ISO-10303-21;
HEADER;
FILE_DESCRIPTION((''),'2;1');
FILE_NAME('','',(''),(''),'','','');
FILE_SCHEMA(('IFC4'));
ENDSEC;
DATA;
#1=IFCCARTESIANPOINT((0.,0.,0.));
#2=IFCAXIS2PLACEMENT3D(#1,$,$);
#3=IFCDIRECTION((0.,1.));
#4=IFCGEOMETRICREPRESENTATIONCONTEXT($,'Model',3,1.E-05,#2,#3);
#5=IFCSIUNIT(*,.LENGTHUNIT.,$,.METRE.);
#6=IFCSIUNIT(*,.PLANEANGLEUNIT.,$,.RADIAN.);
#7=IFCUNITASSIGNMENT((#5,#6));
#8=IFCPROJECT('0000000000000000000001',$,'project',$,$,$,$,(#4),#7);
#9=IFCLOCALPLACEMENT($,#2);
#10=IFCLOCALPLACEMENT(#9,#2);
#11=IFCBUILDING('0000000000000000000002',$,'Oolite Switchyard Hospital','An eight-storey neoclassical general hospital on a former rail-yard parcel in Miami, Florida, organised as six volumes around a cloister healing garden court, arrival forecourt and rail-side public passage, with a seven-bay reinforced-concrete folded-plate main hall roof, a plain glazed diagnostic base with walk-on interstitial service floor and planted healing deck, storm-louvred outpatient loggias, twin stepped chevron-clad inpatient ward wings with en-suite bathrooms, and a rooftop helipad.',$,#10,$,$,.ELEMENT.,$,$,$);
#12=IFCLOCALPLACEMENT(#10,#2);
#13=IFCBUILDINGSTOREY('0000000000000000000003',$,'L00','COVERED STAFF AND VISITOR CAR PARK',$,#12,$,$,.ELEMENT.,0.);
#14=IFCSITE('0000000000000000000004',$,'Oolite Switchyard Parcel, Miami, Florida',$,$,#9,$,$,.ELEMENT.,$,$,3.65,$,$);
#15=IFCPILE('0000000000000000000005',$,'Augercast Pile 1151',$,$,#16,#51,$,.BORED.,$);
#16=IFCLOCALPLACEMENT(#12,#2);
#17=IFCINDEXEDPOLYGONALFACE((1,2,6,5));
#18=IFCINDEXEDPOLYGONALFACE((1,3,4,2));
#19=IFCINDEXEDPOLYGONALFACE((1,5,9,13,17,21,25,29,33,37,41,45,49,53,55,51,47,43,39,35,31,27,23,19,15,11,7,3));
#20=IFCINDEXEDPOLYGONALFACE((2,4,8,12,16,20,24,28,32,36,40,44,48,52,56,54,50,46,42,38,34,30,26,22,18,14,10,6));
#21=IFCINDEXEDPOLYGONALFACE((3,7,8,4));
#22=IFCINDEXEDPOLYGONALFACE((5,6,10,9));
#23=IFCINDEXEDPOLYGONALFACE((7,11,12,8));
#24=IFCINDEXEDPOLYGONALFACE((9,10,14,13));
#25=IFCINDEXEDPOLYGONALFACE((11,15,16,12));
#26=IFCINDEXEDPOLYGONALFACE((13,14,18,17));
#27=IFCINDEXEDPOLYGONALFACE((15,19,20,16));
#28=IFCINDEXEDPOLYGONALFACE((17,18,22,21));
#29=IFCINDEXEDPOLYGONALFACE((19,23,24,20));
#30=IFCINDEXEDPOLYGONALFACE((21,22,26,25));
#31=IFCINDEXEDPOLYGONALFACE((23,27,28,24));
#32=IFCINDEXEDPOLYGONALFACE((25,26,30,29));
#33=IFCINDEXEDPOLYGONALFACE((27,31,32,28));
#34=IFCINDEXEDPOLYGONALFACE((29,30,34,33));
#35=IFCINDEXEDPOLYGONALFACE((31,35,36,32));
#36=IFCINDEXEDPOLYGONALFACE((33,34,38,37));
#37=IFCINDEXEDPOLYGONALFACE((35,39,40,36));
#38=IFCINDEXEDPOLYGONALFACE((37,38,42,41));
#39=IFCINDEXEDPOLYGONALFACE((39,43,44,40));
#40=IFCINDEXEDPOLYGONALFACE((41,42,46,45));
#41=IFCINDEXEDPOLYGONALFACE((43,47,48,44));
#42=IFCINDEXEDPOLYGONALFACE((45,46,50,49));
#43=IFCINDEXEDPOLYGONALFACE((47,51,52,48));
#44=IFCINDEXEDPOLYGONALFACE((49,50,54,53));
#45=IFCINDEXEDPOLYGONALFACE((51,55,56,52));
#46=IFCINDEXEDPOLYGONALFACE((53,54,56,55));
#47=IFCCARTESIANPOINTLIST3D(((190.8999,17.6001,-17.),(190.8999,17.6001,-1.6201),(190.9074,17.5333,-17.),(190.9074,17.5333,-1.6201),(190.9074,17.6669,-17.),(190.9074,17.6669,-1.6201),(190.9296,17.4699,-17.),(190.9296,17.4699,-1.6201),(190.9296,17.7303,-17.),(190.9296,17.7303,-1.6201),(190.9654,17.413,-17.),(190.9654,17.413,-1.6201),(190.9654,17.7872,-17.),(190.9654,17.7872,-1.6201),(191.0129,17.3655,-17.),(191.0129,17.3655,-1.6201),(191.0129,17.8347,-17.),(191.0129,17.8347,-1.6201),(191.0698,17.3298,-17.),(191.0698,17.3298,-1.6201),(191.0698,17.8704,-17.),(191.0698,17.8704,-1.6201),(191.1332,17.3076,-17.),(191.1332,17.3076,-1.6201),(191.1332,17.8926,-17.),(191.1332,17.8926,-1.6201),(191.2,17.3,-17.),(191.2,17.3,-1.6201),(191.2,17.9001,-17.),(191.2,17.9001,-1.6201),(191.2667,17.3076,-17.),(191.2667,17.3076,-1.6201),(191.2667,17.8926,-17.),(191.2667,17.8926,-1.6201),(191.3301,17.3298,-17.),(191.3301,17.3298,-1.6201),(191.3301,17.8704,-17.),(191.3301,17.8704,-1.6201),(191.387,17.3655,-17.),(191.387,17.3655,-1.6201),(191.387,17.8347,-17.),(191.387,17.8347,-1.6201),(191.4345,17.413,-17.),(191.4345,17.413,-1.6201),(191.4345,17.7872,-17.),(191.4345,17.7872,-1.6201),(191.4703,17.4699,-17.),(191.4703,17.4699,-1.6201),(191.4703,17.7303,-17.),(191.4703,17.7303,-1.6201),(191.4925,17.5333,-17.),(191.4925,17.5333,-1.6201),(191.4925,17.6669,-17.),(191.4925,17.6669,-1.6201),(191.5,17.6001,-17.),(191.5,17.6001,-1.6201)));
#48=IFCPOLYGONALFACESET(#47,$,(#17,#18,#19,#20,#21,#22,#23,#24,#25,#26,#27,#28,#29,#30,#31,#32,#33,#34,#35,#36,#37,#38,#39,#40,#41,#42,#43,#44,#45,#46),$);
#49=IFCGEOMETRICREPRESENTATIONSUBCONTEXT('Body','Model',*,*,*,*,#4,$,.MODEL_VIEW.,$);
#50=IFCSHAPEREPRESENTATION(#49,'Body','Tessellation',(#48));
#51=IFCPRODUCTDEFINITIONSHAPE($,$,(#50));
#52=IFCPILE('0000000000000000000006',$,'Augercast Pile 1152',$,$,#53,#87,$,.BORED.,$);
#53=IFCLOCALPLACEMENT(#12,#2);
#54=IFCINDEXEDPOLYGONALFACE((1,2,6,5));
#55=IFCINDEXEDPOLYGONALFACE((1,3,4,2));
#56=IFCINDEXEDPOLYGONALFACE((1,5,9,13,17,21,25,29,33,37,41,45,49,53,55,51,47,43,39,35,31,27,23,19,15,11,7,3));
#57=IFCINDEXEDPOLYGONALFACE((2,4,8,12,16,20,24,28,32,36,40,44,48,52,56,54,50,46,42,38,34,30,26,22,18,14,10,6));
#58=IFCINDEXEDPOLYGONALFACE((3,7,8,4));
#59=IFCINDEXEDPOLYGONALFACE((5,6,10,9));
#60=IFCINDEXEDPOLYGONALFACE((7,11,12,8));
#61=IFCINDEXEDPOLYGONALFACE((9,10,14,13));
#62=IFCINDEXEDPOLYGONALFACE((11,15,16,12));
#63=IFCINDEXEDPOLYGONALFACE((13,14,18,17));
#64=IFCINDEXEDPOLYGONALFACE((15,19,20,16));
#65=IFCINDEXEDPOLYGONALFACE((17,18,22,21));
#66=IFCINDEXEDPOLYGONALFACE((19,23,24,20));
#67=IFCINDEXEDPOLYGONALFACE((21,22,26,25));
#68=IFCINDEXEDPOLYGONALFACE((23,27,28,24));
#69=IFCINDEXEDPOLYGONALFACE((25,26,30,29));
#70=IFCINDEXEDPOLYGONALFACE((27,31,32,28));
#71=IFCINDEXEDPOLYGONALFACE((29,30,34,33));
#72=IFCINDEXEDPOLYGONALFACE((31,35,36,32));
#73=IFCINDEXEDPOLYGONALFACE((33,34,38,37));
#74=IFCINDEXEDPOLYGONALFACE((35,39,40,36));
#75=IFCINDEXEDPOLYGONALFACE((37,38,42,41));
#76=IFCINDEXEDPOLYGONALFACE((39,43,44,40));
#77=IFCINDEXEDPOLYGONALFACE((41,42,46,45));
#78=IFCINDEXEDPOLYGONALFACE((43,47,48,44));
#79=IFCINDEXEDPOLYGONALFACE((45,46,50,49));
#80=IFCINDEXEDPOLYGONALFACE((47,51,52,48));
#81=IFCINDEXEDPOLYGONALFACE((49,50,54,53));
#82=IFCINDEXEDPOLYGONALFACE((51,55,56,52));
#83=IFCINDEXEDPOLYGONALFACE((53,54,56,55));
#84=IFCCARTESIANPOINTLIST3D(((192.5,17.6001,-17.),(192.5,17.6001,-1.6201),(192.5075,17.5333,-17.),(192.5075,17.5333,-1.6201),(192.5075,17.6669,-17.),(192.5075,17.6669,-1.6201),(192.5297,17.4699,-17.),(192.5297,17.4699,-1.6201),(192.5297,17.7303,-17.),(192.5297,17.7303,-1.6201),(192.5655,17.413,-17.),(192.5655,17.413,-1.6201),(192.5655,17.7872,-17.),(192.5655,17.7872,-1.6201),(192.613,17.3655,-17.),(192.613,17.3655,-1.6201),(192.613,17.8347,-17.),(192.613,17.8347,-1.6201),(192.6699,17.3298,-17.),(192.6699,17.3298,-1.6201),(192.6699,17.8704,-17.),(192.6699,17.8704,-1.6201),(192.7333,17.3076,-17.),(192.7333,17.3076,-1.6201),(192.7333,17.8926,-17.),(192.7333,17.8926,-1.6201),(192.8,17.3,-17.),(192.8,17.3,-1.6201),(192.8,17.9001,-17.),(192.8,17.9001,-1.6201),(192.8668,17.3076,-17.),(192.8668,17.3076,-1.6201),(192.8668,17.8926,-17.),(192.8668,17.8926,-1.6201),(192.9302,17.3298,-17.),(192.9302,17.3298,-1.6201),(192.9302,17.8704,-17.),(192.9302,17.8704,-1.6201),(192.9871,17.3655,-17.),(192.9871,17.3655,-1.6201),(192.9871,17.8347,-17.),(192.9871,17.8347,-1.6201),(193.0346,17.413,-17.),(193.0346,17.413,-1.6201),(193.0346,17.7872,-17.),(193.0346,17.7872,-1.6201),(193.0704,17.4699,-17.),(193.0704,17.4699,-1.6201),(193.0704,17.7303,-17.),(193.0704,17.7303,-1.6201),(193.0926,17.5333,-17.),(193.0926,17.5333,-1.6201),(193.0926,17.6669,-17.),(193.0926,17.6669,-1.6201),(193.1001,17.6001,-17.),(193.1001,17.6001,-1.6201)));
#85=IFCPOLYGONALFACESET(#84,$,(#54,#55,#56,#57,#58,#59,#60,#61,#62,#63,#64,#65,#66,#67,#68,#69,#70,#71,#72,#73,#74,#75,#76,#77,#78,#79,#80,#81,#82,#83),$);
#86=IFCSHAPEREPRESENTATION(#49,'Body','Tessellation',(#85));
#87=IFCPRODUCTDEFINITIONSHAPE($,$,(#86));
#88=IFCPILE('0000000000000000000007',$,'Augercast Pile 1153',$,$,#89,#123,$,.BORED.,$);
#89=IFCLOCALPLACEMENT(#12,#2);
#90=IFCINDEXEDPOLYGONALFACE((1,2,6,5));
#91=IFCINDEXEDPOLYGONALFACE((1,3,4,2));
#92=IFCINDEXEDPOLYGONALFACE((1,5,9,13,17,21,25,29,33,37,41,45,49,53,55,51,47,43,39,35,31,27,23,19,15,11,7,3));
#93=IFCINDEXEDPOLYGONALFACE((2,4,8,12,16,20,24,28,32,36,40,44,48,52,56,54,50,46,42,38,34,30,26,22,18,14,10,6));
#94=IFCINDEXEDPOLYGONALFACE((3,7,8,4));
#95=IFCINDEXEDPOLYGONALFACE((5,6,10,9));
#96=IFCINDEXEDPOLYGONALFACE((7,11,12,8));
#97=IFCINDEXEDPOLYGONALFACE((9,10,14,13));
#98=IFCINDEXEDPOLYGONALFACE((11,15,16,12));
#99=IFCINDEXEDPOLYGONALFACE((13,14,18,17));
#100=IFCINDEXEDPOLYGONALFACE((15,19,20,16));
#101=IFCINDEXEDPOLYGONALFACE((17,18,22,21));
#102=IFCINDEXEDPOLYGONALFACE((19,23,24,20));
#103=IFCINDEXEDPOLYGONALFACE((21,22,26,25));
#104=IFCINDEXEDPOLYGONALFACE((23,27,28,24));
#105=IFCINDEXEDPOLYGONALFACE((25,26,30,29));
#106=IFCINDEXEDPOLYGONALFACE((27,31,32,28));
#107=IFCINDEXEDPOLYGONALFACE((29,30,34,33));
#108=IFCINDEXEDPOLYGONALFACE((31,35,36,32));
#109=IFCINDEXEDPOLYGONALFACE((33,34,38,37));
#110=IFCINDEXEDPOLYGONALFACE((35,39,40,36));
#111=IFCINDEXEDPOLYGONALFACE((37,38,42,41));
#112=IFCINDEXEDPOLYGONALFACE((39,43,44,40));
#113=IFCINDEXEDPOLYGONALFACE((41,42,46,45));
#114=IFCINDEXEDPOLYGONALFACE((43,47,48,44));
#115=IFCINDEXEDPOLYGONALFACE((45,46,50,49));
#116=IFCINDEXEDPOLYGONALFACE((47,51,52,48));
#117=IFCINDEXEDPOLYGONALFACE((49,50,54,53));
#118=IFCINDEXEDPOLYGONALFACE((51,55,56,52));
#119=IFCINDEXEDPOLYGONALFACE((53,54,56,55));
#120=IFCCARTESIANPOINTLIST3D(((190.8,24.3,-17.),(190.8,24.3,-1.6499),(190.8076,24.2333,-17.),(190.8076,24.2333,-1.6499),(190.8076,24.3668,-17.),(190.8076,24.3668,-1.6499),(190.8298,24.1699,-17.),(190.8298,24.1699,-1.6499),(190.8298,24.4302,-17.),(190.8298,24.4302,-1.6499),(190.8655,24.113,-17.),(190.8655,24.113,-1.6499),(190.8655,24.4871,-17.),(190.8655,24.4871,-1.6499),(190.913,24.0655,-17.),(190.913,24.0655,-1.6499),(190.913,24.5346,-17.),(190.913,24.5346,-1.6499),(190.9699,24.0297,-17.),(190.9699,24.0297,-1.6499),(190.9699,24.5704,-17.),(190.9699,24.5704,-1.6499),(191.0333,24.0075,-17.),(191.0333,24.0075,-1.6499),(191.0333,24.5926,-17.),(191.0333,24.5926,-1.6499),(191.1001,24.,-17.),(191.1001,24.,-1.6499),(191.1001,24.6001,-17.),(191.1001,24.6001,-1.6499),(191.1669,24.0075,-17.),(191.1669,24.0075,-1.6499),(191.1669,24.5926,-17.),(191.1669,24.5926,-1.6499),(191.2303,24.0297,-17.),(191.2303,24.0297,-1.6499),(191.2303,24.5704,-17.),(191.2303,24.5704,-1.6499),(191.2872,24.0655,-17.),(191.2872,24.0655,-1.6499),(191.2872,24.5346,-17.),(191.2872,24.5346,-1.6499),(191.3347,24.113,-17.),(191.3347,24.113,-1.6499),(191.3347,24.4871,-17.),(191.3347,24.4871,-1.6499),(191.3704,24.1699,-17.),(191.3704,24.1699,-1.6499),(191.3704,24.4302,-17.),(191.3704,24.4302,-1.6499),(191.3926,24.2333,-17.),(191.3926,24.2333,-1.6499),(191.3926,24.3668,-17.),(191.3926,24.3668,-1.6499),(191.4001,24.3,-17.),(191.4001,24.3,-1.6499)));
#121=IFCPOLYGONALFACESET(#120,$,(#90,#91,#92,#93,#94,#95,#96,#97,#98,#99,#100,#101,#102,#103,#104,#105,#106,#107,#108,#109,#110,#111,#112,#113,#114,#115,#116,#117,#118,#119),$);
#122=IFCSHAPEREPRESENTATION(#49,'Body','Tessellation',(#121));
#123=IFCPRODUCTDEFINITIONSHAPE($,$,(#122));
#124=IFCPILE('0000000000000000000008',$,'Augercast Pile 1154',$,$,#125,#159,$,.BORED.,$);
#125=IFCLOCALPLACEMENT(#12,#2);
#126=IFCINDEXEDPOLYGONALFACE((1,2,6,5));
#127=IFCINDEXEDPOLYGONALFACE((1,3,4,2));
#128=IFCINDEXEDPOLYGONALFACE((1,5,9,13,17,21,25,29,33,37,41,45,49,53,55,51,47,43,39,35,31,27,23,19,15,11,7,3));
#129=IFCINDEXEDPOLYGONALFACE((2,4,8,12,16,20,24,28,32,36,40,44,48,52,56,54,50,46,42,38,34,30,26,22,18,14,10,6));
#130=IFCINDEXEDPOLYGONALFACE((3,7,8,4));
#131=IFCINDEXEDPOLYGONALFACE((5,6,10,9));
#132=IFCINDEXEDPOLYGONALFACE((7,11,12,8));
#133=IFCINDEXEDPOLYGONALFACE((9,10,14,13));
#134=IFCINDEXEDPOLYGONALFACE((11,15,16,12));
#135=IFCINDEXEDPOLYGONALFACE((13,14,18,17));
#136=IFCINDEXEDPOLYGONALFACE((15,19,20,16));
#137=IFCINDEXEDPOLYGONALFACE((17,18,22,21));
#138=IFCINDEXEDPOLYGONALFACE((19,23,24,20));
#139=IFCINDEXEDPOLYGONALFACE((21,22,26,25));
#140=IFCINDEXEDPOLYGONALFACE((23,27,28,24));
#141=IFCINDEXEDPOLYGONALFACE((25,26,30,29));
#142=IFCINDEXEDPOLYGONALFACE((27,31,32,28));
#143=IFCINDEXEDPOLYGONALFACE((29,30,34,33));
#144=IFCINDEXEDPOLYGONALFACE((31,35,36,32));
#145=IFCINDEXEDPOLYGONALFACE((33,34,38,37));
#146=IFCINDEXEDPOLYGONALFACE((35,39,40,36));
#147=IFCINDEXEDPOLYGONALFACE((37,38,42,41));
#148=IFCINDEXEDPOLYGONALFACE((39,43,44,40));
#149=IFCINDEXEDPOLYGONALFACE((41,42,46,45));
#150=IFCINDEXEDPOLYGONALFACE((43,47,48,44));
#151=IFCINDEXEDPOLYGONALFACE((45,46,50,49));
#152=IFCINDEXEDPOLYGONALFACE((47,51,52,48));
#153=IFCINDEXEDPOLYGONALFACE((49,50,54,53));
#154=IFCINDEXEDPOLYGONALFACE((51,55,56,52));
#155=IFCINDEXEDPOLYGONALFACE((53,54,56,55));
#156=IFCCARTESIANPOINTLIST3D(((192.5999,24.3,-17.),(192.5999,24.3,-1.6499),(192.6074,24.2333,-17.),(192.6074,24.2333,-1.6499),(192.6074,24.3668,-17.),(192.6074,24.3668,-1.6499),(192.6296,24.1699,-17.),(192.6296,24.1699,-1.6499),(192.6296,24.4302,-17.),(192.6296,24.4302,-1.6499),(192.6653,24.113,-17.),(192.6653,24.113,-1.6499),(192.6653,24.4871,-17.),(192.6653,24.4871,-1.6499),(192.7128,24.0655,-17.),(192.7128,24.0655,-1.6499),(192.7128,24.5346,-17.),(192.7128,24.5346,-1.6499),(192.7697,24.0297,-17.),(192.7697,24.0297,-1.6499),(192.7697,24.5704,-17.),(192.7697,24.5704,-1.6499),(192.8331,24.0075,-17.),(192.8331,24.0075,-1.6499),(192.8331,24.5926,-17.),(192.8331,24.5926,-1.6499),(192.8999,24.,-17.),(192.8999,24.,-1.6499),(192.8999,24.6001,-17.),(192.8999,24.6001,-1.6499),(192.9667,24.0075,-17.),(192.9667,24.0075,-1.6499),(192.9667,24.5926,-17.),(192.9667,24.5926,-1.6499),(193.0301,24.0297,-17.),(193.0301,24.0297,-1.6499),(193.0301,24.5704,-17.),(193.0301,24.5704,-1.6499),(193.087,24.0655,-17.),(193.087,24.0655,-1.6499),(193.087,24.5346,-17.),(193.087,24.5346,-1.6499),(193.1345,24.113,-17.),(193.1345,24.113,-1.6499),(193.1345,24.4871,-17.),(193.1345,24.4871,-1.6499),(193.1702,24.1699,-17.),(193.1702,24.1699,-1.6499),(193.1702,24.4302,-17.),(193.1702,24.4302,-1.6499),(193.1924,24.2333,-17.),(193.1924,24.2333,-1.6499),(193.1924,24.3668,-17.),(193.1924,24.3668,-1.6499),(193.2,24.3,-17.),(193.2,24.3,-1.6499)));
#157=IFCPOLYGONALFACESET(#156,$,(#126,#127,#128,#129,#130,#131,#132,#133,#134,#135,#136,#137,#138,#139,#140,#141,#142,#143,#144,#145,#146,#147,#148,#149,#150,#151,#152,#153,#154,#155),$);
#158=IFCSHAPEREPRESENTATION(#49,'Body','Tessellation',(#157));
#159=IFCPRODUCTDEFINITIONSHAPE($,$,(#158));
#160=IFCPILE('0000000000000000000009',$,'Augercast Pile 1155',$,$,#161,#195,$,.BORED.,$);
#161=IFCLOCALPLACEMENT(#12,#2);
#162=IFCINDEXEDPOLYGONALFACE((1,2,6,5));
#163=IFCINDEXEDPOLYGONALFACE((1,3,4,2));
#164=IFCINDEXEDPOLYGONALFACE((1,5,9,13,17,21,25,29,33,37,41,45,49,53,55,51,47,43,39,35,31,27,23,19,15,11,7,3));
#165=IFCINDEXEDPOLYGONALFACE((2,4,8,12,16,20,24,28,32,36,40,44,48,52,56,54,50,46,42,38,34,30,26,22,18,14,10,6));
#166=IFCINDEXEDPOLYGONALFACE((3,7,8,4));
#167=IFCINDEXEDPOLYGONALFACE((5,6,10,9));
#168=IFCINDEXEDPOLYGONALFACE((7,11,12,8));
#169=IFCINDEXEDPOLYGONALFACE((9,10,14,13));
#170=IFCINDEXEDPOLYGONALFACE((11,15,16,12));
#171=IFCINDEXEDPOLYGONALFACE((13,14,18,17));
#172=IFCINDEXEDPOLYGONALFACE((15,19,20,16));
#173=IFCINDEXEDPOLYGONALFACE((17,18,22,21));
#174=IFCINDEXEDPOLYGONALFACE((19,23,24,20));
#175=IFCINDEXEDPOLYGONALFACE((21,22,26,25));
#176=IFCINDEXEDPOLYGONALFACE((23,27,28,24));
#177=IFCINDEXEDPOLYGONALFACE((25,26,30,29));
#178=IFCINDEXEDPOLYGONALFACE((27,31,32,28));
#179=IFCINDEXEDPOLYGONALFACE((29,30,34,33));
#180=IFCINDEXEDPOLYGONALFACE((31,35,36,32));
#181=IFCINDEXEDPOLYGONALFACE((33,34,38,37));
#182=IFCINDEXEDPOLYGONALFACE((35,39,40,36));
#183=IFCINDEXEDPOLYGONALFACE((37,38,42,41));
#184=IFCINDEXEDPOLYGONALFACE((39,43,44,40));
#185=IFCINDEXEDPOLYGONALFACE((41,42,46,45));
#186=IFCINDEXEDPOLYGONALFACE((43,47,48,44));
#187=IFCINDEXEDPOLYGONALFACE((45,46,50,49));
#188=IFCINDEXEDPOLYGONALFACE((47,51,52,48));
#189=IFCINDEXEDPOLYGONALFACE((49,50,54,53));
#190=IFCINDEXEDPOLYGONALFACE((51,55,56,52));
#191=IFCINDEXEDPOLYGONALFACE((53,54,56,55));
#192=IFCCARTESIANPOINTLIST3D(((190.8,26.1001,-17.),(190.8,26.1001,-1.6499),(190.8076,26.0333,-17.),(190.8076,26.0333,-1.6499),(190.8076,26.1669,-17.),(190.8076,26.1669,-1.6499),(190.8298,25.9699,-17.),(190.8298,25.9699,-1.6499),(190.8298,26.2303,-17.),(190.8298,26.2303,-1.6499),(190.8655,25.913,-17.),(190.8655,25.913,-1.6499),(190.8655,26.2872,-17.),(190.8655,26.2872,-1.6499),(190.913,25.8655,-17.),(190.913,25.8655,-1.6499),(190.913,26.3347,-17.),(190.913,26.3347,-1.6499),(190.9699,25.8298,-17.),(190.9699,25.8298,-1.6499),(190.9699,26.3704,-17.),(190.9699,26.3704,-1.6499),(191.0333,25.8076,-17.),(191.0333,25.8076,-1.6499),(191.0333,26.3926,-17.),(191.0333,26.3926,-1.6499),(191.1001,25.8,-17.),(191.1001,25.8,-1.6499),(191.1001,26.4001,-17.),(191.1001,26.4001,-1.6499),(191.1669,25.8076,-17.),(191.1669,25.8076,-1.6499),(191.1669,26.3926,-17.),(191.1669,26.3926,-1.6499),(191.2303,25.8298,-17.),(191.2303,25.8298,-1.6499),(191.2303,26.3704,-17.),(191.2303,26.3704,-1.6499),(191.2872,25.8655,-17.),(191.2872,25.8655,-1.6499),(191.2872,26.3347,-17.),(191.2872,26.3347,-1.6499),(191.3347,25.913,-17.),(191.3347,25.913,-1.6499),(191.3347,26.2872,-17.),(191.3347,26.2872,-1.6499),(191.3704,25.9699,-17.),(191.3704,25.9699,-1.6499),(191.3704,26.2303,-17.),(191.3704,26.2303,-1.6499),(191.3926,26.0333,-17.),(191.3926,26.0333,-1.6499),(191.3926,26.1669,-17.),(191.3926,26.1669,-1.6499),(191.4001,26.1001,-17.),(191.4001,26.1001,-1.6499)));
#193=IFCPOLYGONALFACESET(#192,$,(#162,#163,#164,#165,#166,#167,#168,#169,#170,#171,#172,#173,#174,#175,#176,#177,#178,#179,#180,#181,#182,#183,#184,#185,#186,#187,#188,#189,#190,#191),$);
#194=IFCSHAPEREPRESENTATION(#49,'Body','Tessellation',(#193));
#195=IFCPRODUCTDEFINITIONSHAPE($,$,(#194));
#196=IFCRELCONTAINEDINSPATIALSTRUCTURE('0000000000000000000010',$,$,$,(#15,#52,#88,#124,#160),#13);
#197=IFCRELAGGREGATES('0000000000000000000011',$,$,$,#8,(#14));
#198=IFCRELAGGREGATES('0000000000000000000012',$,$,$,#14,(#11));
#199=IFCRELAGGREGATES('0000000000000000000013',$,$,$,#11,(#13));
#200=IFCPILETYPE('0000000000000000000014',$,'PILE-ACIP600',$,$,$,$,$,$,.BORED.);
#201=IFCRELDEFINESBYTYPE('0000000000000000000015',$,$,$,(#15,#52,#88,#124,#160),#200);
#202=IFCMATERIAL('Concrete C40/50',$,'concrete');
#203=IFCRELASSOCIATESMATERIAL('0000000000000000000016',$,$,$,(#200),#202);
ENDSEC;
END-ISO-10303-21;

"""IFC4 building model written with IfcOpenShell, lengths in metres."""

from ifc_helpers import new_model, si_unit, direction, frame, origin, origin_2d, place, context, subcontext, project, spatial, circle, extrude, material, material_profile, profile_set, type_object, element, save


model = new_model("IFC4")

# Units and contexts
model_context = context("Model", 3, precision=1e-05, world=origin(), true_north=direction((0.0, 1.0)))
body_context = subcontext(model_context, "Body", "Model", "MODEL_VIEW")
ifc_project = project(units=[si_unit("LENGTHUNIT", "METRE"), si_unit("PLANEANGLEUNIT", "RADIAN")], contexts=[model_context])

# Site, building, storey
site_placement = place(None, origin())
site = spatial("IfcSite", under=ifc_project, at=site_placement, Name="Oolite Switchyard Parcel, Miami, Florida", CompositionType="ELEMENT", RefElevation=3.65)
building_placement = place(site_placement, origin())
building = spatial("IfcBuilding", under=site, at=building_placement, Name="Oolite Switchyard Hospital", Description="An eight-storey neoclassical general hospital on a former rail-yard parcel in Miami, Florida, organised as six volumes around a cloister healing garden court, arrival forecourt and rail-side public passage, with a seven-bay reinforced-concrete folded-plate main hall roof, a plain glazed diagnostic base with walk-on interstitial service floor and planted healing deck, storm-louvred outpatient loggias, twin stepped chevron-clad inpatient ward wings with en-suite bathrooms, and a rooftop helipad.", CompositionType="ELEMENT")
storey_placement = place(building_placement, origin())
storey = spatial("IfcBuildingStorey", under=building, at=storey_placement, Name="L00", Description="COVERED STAFF AND VISITOR CAR PARK", CompositionType="ELEMENT", Elevation=0.0)

# Shared definitions
ifc_material_1 = material(Name="Concrete C40/50", Category="concrete")

# Piles
ifc_material_profile_1 = material_profile(ifc_material_1, circle(Radius=0.3, at=origin_2d()), Name="PILE600")
ifc_profile_set_1 = profile_set([ifc_material_profile_1], Name="Concrete C40/50")
pile_type = type_object("IfcPileType", Name="PILE-ACIP600", PredefinedType="BORED", material=ifc_profile_set_1)
for number, where, z_axis, x_axis, name in (
    (1, (191.2, 17.6001, -1.6201), (0.0, 0.0, -1.0), (1.0, 0.0, 0.0), "Augercast Pile 1151"),
    (2, (192.8, 17.6001, -1.6201), (0.0, 0.0, -1.0), (1.0, 0.0, 0.0), "Augercast Pile 1152"),
):
    element("IfcPile", number, at=place(storey_placement, frame(where, z_axis=z_axis, x_axis=x_axis)), inside=storey, type_object=pile_type, Name=name, PredefinedType="BORED", context=body_context, shape_type="SweptSolid", body=[
        extrude(circle(Radius=0.3, at=origin_2d()), origin(), (0.0, 0.0, 1.0), 15.3799),
    ])
for number, where, z_axis, x_axis, name in (
    (3, (191.1001, 24.3, -1.6499), (0.0, 0.0, -1.0), (1.0, 0.0, 0.0), "Augercast Pile 1153"),
    (4, (192.8999, 24.3, -1.6499), (0.0, 0.0, -1.0), (1.0, 0.0, 0.0), "Augercast Pile 1154"),
    (5, (191.1001, 26.1001, -1.6499), (0.0, 0.0, -1.0), (1.0, 0.0, 0.0), "Augercast Pile 1155"),
):
    element("IfcPile", number, at=place(storey_placement, frame(where, z_axis=z_axis, x_axis=x_axis)), inside=storey, type_object=pile_type, Name=name, PredefinedType="BORED", context=body_context, shape_type="SweptSolid", body=[
        extrude(circle(Radius=0.3, at=origin_2d()), origin(), (0.0, 0.0, 1.0), 15.3501),
    ])

save(model, "model.ifc")
